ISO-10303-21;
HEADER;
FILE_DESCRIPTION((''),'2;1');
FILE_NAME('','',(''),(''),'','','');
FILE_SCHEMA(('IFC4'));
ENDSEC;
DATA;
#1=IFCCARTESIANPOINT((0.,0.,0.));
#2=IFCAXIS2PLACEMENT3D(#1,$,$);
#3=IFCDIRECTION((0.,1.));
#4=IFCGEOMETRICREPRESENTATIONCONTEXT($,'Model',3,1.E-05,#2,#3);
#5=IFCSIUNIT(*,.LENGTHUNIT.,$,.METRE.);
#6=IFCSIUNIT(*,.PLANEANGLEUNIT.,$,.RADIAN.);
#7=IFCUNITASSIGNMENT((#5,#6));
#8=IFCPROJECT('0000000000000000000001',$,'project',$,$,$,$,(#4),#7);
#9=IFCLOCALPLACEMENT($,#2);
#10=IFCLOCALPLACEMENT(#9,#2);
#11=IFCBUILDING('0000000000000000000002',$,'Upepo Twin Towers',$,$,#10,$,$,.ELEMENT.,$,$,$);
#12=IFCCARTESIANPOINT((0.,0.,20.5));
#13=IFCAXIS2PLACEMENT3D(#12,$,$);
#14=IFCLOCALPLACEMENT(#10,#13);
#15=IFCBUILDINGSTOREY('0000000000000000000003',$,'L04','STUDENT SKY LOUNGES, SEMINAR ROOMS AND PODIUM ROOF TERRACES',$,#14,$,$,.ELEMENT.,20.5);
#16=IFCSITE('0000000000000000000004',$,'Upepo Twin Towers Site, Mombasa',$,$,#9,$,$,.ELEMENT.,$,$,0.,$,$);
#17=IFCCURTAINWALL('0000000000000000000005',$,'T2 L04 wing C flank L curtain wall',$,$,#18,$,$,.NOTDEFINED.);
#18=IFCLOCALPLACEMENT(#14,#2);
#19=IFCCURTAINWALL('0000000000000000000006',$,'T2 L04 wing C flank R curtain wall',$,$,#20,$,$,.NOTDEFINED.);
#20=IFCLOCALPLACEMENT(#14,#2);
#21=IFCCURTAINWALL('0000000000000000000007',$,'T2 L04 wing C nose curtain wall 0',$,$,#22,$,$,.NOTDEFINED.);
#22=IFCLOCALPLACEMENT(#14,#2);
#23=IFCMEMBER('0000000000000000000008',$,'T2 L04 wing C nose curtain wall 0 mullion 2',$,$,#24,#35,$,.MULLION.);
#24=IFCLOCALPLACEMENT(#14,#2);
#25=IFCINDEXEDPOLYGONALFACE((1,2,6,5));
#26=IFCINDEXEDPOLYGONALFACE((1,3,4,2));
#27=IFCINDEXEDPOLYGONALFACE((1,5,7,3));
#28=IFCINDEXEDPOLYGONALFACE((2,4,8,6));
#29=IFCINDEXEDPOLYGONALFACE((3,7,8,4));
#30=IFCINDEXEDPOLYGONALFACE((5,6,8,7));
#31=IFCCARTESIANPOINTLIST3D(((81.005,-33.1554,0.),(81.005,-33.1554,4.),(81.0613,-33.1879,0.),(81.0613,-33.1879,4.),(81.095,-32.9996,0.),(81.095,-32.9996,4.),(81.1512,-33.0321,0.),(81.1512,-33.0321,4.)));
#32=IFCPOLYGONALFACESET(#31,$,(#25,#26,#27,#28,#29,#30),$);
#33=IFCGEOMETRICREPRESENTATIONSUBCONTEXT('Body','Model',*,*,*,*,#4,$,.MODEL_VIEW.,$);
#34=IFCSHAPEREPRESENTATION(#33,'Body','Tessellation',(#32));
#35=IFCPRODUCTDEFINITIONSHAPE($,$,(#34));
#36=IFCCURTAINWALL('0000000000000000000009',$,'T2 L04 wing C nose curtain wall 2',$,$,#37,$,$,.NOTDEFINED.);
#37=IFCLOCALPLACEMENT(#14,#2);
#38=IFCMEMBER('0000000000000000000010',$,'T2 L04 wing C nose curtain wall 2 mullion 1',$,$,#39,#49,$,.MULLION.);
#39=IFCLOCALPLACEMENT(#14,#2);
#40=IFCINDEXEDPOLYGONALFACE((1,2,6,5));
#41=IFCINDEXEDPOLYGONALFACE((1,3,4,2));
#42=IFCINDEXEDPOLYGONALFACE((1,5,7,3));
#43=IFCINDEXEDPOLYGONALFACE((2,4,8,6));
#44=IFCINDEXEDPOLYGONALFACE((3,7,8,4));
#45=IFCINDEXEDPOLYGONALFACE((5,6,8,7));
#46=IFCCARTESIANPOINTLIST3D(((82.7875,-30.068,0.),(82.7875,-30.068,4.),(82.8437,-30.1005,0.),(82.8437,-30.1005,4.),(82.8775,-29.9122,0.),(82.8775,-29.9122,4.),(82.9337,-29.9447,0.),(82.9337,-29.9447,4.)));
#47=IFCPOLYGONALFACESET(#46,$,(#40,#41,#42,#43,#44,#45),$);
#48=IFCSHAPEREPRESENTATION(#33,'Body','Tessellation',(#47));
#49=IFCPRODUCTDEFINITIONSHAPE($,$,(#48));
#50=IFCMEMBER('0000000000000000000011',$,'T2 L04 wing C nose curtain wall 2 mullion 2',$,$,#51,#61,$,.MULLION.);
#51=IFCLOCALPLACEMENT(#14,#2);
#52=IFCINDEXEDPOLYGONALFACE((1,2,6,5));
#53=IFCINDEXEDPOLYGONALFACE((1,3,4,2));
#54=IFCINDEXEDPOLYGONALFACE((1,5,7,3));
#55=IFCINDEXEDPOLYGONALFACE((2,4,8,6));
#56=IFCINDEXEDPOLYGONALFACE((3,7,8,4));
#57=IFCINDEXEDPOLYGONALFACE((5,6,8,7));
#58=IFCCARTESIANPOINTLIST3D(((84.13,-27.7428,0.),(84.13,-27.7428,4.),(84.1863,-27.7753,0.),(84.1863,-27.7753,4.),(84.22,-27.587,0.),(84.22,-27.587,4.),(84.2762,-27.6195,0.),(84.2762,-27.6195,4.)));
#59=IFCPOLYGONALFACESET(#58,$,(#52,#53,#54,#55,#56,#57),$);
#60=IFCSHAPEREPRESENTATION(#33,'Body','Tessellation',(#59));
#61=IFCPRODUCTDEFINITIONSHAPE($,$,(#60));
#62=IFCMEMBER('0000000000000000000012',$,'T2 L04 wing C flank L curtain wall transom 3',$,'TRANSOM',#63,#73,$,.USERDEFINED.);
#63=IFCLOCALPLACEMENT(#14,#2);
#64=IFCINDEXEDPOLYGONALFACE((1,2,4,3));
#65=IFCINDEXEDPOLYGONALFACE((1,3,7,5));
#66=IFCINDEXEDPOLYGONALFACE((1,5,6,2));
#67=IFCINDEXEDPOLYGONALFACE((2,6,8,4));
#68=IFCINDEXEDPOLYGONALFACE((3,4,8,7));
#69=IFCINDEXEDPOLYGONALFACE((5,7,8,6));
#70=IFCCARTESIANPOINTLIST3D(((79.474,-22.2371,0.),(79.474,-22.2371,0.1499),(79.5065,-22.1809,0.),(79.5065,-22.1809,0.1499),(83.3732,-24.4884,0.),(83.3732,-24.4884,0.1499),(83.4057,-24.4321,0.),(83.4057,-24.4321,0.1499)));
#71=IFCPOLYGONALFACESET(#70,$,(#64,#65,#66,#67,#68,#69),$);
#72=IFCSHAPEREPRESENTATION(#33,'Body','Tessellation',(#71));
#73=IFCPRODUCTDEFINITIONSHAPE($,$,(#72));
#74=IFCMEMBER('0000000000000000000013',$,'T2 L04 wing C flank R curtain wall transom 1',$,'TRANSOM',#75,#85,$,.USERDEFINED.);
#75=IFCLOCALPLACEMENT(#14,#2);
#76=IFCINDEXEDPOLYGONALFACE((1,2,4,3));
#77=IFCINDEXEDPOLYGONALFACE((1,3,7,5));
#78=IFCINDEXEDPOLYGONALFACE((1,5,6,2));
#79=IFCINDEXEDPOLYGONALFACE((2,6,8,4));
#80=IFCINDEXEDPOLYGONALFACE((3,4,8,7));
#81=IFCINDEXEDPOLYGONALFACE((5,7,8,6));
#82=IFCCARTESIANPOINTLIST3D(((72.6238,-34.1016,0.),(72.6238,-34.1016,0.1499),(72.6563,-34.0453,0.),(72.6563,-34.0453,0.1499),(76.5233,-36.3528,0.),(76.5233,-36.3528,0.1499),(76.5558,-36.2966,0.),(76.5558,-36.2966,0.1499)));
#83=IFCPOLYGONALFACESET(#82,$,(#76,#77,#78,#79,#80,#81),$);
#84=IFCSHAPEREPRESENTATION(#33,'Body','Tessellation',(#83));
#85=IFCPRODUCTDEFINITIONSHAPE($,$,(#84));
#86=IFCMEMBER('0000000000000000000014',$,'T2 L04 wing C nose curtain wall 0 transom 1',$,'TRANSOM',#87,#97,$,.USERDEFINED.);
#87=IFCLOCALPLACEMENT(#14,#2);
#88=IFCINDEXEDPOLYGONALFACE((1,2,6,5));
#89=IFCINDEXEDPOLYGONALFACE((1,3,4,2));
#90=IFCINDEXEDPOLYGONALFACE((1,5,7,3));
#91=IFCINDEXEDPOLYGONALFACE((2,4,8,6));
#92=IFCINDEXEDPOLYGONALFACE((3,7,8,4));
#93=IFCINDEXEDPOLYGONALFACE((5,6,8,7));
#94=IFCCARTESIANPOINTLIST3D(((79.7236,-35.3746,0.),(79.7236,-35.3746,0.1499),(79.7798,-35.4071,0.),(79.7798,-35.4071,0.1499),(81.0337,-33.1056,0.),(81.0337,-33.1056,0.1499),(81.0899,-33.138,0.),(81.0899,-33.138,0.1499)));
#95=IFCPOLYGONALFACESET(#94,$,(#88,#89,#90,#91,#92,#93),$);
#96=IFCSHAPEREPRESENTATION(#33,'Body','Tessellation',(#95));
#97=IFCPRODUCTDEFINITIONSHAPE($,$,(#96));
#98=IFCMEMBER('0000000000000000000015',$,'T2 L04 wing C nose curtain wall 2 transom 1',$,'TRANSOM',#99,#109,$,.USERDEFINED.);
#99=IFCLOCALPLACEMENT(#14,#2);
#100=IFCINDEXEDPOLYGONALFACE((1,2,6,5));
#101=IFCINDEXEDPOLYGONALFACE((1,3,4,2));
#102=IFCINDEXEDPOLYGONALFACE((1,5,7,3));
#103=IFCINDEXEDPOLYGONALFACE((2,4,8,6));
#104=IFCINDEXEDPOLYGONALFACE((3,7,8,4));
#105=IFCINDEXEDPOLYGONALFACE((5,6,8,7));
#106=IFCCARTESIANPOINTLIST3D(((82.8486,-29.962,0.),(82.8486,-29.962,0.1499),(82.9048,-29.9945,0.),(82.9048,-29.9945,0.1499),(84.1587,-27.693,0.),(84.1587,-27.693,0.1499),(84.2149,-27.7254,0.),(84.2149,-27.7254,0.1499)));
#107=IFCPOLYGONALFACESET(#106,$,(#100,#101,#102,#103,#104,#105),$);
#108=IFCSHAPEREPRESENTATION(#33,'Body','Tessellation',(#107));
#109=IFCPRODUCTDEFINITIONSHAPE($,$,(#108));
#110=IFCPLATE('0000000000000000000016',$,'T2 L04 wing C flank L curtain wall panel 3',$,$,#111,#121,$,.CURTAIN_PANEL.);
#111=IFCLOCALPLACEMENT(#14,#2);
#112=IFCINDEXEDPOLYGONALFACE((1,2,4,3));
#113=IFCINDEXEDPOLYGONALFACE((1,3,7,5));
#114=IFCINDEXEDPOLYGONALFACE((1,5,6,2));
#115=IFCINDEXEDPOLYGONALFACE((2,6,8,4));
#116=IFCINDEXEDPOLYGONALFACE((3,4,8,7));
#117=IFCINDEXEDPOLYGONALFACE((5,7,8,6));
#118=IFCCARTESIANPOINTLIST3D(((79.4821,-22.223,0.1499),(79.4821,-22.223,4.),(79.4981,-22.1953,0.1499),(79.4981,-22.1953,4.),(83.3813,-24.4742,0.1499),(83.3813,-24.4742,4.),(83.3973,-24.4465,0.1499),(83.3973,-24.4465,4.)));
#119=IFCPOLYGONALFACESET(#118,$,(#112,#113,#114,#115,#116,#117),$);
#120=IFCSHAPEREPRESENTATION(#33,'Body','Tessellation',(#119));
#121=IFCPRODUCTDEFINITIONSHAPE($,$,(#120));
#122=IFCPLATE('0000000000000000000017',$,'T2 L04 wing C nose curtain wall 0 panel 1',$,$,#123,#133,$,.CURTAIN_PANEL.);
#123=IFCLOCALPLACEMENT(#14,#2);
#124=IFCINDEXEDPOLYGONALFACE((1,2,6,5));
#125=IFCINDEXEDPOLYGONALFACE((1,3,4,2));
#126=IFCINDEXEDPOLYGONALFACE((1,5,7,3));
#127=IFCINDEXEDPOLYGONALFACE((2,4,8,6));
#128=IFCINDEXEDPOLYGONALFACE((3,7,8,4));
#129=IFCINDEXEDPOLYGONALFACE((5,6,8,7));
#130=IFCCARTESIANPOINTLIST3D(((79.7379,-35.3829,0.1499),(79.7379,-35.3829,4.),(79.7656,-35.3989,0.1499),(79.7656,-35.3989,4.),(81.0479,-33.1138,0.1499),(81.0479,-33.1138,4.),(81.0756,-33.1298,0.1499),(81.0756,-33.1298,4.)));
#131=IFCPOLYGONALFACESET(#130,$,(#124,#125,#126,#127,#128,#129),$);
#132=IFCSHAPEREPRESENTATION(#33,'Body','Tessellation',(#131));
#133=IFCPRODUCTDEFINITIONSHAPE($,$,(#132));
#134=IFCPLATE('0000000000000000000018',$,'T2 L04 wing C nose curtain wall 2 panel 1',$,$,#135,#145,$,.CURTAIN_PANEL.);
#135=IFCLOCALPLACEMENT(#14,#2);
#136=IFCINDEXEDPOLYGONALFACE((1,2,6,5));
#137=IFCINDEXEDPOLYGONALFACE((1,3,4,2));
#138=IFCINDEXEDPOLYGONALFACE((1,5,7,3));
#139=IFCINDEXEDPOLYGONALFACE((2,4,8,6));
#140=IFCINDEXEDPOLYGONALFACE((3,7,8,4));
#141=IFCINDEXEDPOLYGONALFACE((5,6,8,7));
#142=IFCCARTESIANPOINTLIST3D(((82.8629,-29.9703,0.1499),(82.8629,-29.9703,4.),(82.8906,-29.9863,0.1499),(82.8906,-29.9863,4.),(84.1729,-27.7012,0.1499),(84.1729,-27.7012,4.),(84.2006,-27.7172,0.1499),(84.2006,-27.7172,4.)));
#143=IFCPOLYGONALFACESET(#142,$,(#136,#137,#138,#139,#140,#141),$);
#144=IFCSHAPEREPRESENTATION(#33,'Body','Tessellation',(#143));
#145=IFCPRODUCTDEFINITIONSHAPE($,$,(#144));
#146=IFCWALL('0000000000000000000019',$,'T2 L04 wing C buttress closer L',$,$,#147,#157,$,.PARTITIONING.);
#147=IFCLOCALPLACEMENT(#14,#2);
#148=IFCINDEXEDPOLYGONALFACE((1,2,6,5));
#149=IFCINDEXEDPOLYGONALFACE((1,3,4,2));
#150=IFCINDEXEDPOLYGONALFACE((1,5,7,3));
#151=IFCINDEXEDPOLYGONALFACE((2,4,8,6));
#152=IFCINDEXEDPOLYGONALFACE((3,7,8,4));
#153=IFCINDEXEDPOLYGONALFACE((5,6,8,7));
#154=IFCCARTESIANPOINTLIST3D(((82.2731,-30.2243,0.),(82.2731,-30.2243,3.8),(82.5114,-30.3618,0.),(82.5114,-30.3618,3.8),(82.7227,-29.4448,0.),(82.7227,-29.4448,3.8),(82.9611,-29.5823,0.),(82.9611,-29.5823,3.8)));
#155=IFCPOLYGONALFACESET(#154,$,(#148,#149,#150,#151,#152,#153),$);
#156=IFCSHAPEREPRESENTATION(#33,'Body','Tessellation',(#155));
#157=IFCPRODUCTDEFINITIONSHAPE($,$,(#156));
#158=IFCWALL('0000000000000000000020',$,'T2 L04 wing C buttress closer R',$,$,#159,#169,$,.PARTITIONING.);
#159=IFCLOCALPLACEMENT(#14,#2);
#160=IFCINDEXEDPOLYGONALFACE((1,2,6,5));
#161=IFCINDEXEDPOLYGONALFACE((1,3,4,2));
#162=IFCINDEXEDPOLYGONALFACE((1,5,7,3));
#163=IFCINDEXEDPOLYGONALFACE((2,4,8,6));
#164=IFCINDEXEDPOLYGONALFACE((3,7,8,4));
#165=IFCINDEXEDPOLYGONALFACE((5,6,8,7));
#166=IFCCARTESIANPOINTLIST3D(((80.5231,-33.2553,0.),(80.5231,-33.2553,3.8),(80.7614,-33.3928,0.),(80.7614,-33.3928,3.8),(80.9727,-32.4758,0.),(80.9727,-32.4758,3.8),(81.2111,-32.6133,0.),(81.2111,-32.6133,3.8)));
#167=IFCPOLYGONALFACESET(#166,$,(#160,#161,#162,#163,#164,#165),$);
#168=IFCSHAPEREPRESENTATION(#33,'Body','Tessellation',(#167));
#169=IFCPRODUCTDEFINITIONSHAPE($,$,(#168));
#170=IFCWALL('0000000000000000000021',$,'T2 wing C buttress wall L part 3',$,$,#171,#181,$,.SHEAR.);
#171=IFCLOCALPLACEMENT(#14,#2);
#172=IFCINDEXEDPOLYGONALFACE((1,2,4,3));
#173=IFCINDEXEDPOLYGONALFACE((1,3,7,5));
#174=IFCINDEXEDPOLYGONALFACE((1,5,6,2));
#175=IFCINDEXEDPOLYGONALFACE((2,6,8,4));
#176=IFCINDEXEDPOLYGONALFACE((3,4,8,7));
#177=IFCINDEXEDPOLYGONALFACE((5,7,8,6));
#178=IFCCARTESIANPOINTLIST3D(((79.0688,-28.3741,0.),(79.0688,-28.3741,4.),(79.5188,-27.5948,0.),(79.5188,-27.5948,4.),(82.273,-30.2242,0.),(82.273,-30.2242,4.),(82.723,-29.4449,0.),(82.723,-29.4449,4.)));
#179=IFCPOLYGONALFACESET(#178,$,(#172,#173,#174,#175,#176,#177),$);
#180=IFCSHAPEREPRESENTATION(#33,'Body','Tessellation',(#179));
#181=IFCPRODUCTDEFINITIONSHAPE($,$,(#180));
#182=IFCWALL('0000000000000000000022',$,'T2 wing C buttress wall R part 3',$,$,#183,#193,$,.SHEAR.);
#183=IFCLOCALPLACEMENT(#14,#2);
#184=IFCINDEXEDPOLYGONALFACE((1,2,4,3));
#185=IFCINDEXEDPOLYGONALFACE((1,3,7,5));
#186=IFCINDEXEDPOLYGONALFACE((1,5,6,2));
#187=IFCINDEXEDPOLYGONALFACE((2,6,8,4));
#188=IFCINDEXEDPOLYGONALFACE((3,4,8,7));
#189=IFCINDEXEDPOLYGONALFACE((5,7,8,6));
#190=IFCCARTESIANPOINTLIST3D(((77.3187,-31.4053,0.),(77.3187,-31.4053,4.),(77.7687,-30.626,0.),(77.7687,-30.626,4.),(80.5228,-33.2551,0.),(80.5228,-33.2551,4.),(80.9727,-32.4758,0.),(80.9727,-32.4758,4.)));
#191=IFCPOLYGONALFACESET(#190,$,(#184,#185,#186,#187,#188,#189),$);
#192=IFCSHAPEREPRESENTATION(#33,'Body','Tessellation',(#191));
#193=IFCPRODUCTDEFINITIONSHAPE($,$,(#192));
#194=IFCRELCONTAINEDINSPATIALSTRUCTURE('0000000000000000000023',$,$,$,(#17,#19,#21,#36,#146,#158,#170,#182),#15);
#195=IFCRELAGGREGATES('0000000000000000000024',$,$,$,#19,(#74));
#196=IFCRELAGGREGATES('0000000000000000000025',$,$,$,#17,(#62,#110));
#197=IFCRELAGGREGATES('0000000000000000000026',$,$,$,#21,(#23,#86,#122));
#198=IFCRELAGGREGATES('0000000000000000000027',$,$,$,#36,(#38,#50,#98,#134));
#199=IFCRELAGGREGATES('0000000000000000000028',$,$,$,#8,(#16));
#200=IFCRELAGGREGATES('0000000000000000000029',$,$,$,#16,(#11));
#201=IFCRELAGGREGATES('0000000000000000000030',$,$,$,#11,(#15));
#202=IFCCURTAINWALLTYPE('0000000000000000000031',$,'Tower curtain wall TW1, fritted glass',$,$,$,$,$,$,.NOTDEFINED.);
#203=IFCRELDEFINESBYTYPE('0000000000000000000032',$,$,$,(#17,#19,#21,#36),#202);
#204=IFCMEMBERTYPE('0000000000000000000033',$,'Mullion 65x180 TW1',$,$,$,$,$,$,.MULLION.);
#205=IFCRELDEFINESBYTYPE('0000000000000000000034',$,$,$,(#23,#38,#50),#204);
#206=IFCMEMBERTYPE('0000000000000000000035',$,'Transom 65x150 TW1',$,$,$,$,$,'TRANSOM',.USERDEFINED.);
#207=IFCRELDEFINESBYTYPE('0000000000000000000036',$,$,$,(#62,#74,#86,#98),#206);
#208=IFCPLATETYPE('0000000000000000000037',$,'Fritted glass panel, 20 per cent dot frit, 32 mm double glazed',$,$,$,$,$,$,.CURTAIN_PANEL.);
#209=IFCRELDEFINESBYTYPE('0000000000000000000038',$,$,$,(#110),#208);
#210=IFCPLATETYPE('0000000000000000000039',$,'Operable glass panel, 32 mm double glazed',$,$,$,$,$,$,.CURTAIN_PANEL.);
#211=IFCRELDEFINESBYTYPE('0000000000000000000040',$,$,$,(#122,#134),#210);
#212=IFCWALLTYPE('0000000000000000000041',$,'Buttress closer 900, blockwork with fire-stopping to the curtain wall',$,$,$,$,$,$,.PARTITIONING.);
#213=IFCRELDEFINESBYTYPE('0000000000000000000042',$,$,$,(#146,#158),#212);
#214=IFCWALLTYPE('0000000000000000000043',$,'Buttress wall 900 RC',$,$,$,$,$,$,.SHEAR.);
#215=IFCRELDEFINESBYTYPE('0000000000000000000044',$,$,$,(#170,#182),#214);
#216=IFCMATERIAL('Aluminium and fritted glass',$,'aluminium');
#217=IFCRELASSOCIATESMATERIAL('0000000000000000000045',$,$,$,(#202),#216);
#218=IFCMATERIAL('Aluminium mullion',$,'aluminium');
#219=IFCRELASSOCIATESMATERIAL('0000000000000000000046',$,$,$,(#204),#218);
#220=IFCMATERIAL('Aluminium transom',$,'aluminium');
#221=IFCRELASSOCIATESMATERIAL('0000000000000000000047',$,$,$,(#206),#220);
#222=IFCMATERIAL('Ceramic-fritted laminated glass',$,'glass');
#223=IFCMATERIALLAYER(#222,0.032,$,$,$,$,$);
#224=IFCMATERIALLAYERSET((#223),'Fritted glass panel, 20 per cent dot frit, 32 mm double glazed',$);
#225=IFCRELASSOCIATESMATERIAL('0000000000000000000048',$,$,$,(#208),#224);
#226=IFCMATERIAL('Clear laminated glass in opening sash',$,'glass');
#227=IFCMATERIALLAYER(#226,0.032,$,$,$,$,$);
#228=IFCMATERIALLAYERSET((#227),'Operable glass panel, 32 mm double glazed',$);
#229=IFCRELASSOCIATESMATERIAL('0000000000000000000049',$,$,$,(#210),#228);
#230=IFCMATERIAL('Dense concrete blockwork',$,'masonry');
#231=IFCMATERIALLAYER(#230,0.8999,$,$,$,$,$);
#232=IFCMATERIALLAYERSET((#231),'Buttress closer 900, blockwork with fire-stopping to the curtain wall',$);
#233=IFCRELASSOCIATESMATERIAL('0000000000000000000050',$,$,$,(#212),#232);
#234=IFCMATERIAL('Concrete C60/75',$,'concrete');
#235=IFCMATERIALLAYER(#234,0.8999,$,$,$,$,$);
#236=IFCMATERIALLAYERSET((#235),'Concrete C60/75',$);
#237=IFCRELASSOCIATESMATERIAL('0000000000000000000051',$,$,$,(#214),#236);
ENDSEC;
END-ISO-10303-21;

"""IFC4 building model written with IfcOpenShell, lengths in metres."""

from ifc_helpers import new_model, si_unit, direction, frame, frame_2d, origin, origin_2d, place, context, subcontext, project, spatial, rectangle, extrude, material, layer, layer_set, material_profile, profile_set, type_object, element, aggregate, save


model = new_model("IFC4")

# Units and contexts
model_context = context("Model", 3, precision=1e-05, world=origin(), true_north=direction((0.0, 1.0)))
body_context = subcontext(model_context, "Body", "Model", "MODEL_VIEW")
ifc_project = project(units=[si_unit("LENGTHUNIT", "METRE"), si_unit("PLANEANGLEUNIT", "RADIAN")], contexts=[model_context])

# Site, building, storey
site_placement = place(None, origin())
site = spatial("IfcSite", under=ifc_project, at=site_placement, Name="Upepo Twin Towers Site, Mombasa", CompositionType="ELEMENT", RefElevation=0.0)
building_placement = place(site_placement, origin())
building = spatial("IfcBuilding", under=site, at=building_placement, Name="Upepo Twin Towers", CompositionType="ELEMENT")
storey_placement = place(building_placement, frame((0.0, 0.0, 20.5)))
storey = spatial("IfcBuildingStorey", under=building, at=storey_placement, Name="L04", Description="STUDENT SKY LOUNGES, SEMINAR ROOMS AND PODIUM ROOF TERRACES", CompositionType="ELEMENT", Elevation=20.5)

# Curtain wall
ifc_material_1 = material(Name="Aluminium and fritted glass", Category="aluminium")
curtain_wall_type = type_object("IfcCurtainWallType", Name="Tower curtain wall TW1, fritted glass", PredefinedType="NOTDEFINED", material=ifc_material_1)
curtain_wall_1_placement = place(storey_placement, origin())
curtain_wall_1 = element("IfcCurtainWall", 1, at=curtain_wall_1_placement, inside=storey, type_object=curtain_wall_type, Name="T2 L04 wing C flank L curtain wall", PredefinedType="NOTDEFINED")
ifc_material_2 = material(Name="Aluminium mullion", Category="aluminium")
ifc_material_profile_1 = material_profile(ifc_material_2, rectangle(XDim=0.0649, YDim=0.1799, at=origin_2d()), Name="MULLION 65x180")
ifc_profile_set_1 = profile_set([ifc_material_profile_1], Name="Aluminium mullion")
member_type_1 = type_object("IfcMemberType", Name="Mullion 65x180 TW1", PredefinedType="MULLION", material=ifc_profile_set_1)

# Curtain wall
curtain_wall_2_placement = place(storey_placement, origin())
curtain_wall_2 = element("IfcCurtainWall", 2, at=curtain_wall_2_placement, inside=storey, type_object=curtain_wall_type, Name="T2 L04 wing C flank R curtain wall", PredefinedType="NOTDEFINED")

# Curtain walls, members
curtain_wall_3_placement = place(storey_placement, origin())
curtain_wall_3 = element("IfcCurtainWall", 3, at=curtain_wall_3_placement, inside=storey, type_object=curtain_wall_type, Name="T2 L04 wing C nose curtain wall 0", PredefinedType="NOTDEFINED")
member_1_placement = place(storey_placement, frame((81.0781, -33.0938, 0.0), z_axis=(0.0, 0.0, 1.0), x_axis=(-0.866025, 0.5, 0.0)))
member_1 = element("IfcMember", 4, at=member_1_placement, type_object=member_type_1, Name="T2 L04 wing C nose curtain wall 0 mullion 2", PredefinedType="MULLION", context=body_context, shape_type="SweptSolid", body=[
    extrude(rectangle(XDim=0.0649, YDim=0.1799, at=origin_2d()), origin(), (0.0, 0.0, 1.0), 4.0),
])
curtain_wall_4_placement = place(storey_placement, origin())
curtain_wall_4 = element("IfcCurtainWall", 5, at=curtain_wall_4_placement, inside=storey, type_object=curtain_wall_type, Name="T2 L04 wing C nose curtain wall 2", PredefinedType="NOTDEFINED")
member_2_placement = place(storey_placement, frame((82.8606, -30.0063, 0.0), z_axis=(0.0, 0.0, 1.0), x_axis=(-0.866025, 0.5, 0.0)))
member_2 = element("IfcMember", 6, at=member_2_placement, type_object=member_type_1, Name="T2 L04 wing C nose curtain wall 2 mullion 1", PredefinedType="MULLION", context=body_context, shape_type="SweptSolid", body=[
    extrude(rectangle(XDim=0.0649, YDim=0.1799, at=origin_2d()), origin(), (0.0, 0.0, 1.0), 4.0),
])
member_3_placement = place(storey_placement, frame((84.2031, -27.6812, 0.0), z_axis=(0.0, 0.0, 1.0), x_axis=(-0.866025, 0.5, 0.0)))
member_3 = element("IfcMember", 7, at=member_3_placement, type_object=member_type_1, Name="T2 L04 wing C nose curtain wall 2 mullion 2", PredefinedType="MULLION", context=body_context, shape_type="SweptSolid", body=[
    extrude(rectangle(XDim=0.0649, YDim=0.1799, at=origin_2d()), origin(), (0.0, 0.0, 1.0), 4.0),
])

# Members
ifc_material_3 = material(Name="Aluminium transom", Category="aluminium")
ifc_material_profile_2 = material_profile(ifc_material_3, rectangle(XDim=0.0649, YDim=0.1499, at=origin_2d()), Name="TRANSOM 65x150")
ifc_profile_set_2 = profile_set([ifc_material_profile_2], Name="Aluminium transom")
member_type_2 = type_object("IfcMemberType", Name="Transom 65x150 TW1", ElementType="TRANSOM", PredefinedType="USERDEFINED", material=ifc_profile_set_2)
member_4_placement = place(storey_placement, frame((79.4902, -22.209, 0.075), z_axis=(0.866022, -0.500006, 0.0), x_axis=(0.500006, 0.866022, 0.0)))
member_4 = element("IfcMember", 8, at=member_4_placement, type_object=member_type_2, Name="T2 L04 wing C flank L curtain wall transom 3", ObjectType="TRANSOM", PredefinedType="USERDEFINED", context=body_context, shape_type="SweptSolid", body=[
    extrude(rectangle(XDim=0.0649, YDim=0.1499, at=origin_2d()), origin(), (0.0, 0.0, 1.0), 4.5024),
])
member_5_placement = place(storey_placement, frame((76.5396, -36.3247, 0.075), z_axis=(-0.866036, 0.499982, 0.0), x_axis=(-0.499982, -0.866036, 0.0)))
member_5 = element("IfcMember", 9, at=member_5_placement, type_object=member_type_2, Name="T2 L04 wing C flank R curtain wall transom 1", ObjectType="TRANSOM", PredefinedType="USERDEFINED", context=body_context, shape_type="SweptSolid", body=[
    extrude(rectangle(XDim=0.0649, YDim=0.1499, at=origin_2d()), origin(), (0.0, 0.0, 1.0), 4.5027),
])
aggregate(curtain_wall_2, [member_5])
member_6_placement = place(storey_placement, frame((79.7517, -35.3909, 0.075), z_axis=(0.500007, 0.866021, 0.0), x_axis=(-0.866021, 0.500007, 0.0)))
member_6 = element("IfcMember", 10, at=member_6_placement, type_object=member_type_2, Name="T2 L04 wing C nose curtain wall 0 transom 1", ObjectType="TRANSOM", PredefinedType="USERDEFINED", context=body_context, shape_type="SweptSolid", body=[
    extrude(rectangle(XDim=0.0649, YDim=0.1499, at=origin_2d()), origin(), (0.0, 0.0, 1.0), 2.6201),
])
member_7_placement = place(storey_placement, frame((82.8767, -29.9783, 0.075), z_axis=(0.500007, 0.866021, 0.0), x_axis=(-0.866021, 0.500007, 0.0)))
member_7 = element("IfcMember", 11, at=member_7_placement, type_object=member_type_2, Name="T2 L04 wing C nose curtain wall 2 transom 1", ObjectType="TRANSOM", PredefinedType="USERDEFINED", context=body_context, shape_type="SweptSolid", body=[
    extrude(rectangle(XDim=0.0649, YDim=0.1499, at=origin_2d()), origin(), (0.0, 0.0, 1.0), 2.6201),
])

# Plates
ifc_material_4 = material(Name="Ceramic-fritted laminated glass", Category="glass")
ifc_layer_1 = layer(ifc_material_4, 0.032)
ifc_layer_set_1 = layer_set([ifc_layer_1], Name="Fritted glass panel, 20 per cent dot frit, 32 mm double glazed")
plate_type_1 = type_object("IfcPlateType", Name="Fritted glass panel, 20 per cent dot frit, 32 mm double glazed", PredefinedType="CURTAIN_PANEL", material=ifc_layer_set_1)
plate_1_placement = place(storey_placement, frame((81.4397, -23.3347, 0.1499), z_axis=(0.0, 0.0, 1.0), x_axis=(0.866025, -0.5, 0.0)))
plate_1 = element("IfcPlate", 12, at=plate_1_placement, type_object=plate_type_1, Name="T2 L04 wing C flank L curtain wall panel 3", PredefinedType="CURTAIN_PANEL", context=body_context, shape_type="SweptSolid", body=[
    extrude(rectangle(XDim=4.5024, YDim=0.032, at=origin_2d()), origin(), (0.0, 0.0, 1.0), 3.8501),
])
aggregate(curtain_wall_1, [member_4, plate_1])
ifc_material_5 = material(Name="Clear laminated glass in opening sash", Category="glass")
ifc_layer_2 = layer(ifc_material_5, 0.032)
ifc_layer_set_2 = layer_set([ifc_layer_2], Name="Operable glass panel, 32 mm double glazed")
plate_type_2 = type_object("IfcPlateType", Name="Operable glass panel, 32 mm double glazed", PredefinedType="CURTAIN_PANEL", material=ifc_layer_set_2)
plate_2_placement = place(storey_placement, frame((80.4067, -34.2563, 0.1499), z_axis=(0.0, 0.0, 1.0), x_axis=(0.5, 0.866025, 0.0)))
plate_2 = element("IfcPlate", 13, at=plate_2_placement, type_object=plate_type_2, Name="T2 L04 wing C nose curtain wall 0 panel 1", PredefinedType="CURTAIN_PANEL", context=body_context, shape_type="SweptSolid", body=[
    extrude(rectangle(XDim=2.6201, YDim=0.032, at=origin_2d()), origin(), (0.0, 0.0, 1.0), 3.8501),
])
aggregate(curtain_wall_3, [member_1, member_6, plate_2])
plate_3_placement = place(storey_placement, frame((83.5317, -28.8438, 0.1499), z_axis=(0.0, 0.0, 1.0), x_axis=(0.5, 0.866025, 0.0)))
plate_3 = element("IfcPlate", 14, at=plate_3_placement, type_object=plate_type_2, Name="T2 L04 wing C nose curtain wall 2 panel 1", PredefinedType="CURTAIN_PANEL", context=body_context, shape_type="SweptSolid", body=[
    extrude(rectangle(XDim=2.6201, YDim=0.032, at=origin_2d()), origin(), (0.0, 0.0, 1.0), 3.8501),
])
aggregate(curtain_wall_4, [member_2, member_3, member_7, plate_3])

# Walls
ifc_material_6 = material(Name="Dense concrete blockwork", Category="masonry")
ifc_layer_3 = layer(ifc_material_6, 0.8999)
ifc_layer_set_3 = layer_set([ifc_layer_3], Name="Buttress closer 900, blockwork with fire-stopping to the curtain wall")
wall_type_1 = type_object("IfcWallType", Name="Buttress closer 900, blockwork with fire-stopping to the curtain wall", PredefinedType="PARTITIONING", material=ifc_layer_set_3)
for number, where, z_axis, x_axis, name in (
    (15, (82.4978, -29.8345, 0.0), (0.0, 0.0, 1.0), (0.866215, -0.499671, 0.0), "T2 L04 wing C buttress closer L"),
    (16, (80.7478, -32.8655, 0.0), (0.0, 0.0, 1.0), (0.866215, -0.499671, 0.0), "T2 L04 wing C buttress closer R"),
):
    element("IfcWall", number, at=place(storey_placement, frame(where, z_axis=z_axis, x_axis=x_axis)), inside=storey, type_object=wall_type_1, Name=name, PredefinedType="PARTITIONING", context=body_context, shape_type="SweptSolid", body=[
        extrude(rectangle(XDim=0.2751, YDim=0.8999, at=frame_2d((0.1377, 0.0))), origin(), (0.0, 0.0, 1.0), 3.8),
    ])
ifc_material_7 = material(Name="Concrete C60/75", Category="concrete")
ifc_layer_4 = layer(ifc_material_7, 0.8999)
ifc_layer_set_4 = layer_set([ifc_layer_4], Name="Concrete C60/75")
wall_type_2 = type_object("IfcWallType", Name="Buttress wall 900 RC", PredefinedType="SHEAR", material=ifc_layer_set_4)
wall_1_placement = place(storey_placement, frame((79.2937, -27.9844, 0.0), z_axis=(0.0, 0.0, 1.0), x_axis=(0.866001, -0.500042, 0.0)))
element("IfcWall", 17, at=wall_1_placement, inside=storey, type_object=wall_type_2, Name="T2 wing C buttress wall L part 3", PredefinedType="SHEAR", context=body_context, shape_type="SweptSolid", body=[
    extrude(rectangle(XDim=3.7, YDim=0.8999, at=frame_2d((1.8501, 0.0))), origin(), (0.0, 0.0, 1.0), 4.0),
])
wall_2_placement = place(storey_placement, frame((77.5437, -31.0156, 0.0), z_axis=(0.0, 0.0, 1.0), x_axis=(0.86603, -0.499993, 0.0)))
element("IfcWall", 18, at=wall_2_placement, inside=storey, type_object=wall_type_2, Name="T2 wing C buttress wall R part 3", PredefinedType="SHEAR", context=body_context, shape_type="SweptSolid", body=[
    extrude(rectangle(XDim=3.6997, YDim=0.8999, at=frame_2d((1.8499, 0.0))), origin(), (0.0, 0.0, 1.0), 4.0),
])

save(model, "model.ifc")
